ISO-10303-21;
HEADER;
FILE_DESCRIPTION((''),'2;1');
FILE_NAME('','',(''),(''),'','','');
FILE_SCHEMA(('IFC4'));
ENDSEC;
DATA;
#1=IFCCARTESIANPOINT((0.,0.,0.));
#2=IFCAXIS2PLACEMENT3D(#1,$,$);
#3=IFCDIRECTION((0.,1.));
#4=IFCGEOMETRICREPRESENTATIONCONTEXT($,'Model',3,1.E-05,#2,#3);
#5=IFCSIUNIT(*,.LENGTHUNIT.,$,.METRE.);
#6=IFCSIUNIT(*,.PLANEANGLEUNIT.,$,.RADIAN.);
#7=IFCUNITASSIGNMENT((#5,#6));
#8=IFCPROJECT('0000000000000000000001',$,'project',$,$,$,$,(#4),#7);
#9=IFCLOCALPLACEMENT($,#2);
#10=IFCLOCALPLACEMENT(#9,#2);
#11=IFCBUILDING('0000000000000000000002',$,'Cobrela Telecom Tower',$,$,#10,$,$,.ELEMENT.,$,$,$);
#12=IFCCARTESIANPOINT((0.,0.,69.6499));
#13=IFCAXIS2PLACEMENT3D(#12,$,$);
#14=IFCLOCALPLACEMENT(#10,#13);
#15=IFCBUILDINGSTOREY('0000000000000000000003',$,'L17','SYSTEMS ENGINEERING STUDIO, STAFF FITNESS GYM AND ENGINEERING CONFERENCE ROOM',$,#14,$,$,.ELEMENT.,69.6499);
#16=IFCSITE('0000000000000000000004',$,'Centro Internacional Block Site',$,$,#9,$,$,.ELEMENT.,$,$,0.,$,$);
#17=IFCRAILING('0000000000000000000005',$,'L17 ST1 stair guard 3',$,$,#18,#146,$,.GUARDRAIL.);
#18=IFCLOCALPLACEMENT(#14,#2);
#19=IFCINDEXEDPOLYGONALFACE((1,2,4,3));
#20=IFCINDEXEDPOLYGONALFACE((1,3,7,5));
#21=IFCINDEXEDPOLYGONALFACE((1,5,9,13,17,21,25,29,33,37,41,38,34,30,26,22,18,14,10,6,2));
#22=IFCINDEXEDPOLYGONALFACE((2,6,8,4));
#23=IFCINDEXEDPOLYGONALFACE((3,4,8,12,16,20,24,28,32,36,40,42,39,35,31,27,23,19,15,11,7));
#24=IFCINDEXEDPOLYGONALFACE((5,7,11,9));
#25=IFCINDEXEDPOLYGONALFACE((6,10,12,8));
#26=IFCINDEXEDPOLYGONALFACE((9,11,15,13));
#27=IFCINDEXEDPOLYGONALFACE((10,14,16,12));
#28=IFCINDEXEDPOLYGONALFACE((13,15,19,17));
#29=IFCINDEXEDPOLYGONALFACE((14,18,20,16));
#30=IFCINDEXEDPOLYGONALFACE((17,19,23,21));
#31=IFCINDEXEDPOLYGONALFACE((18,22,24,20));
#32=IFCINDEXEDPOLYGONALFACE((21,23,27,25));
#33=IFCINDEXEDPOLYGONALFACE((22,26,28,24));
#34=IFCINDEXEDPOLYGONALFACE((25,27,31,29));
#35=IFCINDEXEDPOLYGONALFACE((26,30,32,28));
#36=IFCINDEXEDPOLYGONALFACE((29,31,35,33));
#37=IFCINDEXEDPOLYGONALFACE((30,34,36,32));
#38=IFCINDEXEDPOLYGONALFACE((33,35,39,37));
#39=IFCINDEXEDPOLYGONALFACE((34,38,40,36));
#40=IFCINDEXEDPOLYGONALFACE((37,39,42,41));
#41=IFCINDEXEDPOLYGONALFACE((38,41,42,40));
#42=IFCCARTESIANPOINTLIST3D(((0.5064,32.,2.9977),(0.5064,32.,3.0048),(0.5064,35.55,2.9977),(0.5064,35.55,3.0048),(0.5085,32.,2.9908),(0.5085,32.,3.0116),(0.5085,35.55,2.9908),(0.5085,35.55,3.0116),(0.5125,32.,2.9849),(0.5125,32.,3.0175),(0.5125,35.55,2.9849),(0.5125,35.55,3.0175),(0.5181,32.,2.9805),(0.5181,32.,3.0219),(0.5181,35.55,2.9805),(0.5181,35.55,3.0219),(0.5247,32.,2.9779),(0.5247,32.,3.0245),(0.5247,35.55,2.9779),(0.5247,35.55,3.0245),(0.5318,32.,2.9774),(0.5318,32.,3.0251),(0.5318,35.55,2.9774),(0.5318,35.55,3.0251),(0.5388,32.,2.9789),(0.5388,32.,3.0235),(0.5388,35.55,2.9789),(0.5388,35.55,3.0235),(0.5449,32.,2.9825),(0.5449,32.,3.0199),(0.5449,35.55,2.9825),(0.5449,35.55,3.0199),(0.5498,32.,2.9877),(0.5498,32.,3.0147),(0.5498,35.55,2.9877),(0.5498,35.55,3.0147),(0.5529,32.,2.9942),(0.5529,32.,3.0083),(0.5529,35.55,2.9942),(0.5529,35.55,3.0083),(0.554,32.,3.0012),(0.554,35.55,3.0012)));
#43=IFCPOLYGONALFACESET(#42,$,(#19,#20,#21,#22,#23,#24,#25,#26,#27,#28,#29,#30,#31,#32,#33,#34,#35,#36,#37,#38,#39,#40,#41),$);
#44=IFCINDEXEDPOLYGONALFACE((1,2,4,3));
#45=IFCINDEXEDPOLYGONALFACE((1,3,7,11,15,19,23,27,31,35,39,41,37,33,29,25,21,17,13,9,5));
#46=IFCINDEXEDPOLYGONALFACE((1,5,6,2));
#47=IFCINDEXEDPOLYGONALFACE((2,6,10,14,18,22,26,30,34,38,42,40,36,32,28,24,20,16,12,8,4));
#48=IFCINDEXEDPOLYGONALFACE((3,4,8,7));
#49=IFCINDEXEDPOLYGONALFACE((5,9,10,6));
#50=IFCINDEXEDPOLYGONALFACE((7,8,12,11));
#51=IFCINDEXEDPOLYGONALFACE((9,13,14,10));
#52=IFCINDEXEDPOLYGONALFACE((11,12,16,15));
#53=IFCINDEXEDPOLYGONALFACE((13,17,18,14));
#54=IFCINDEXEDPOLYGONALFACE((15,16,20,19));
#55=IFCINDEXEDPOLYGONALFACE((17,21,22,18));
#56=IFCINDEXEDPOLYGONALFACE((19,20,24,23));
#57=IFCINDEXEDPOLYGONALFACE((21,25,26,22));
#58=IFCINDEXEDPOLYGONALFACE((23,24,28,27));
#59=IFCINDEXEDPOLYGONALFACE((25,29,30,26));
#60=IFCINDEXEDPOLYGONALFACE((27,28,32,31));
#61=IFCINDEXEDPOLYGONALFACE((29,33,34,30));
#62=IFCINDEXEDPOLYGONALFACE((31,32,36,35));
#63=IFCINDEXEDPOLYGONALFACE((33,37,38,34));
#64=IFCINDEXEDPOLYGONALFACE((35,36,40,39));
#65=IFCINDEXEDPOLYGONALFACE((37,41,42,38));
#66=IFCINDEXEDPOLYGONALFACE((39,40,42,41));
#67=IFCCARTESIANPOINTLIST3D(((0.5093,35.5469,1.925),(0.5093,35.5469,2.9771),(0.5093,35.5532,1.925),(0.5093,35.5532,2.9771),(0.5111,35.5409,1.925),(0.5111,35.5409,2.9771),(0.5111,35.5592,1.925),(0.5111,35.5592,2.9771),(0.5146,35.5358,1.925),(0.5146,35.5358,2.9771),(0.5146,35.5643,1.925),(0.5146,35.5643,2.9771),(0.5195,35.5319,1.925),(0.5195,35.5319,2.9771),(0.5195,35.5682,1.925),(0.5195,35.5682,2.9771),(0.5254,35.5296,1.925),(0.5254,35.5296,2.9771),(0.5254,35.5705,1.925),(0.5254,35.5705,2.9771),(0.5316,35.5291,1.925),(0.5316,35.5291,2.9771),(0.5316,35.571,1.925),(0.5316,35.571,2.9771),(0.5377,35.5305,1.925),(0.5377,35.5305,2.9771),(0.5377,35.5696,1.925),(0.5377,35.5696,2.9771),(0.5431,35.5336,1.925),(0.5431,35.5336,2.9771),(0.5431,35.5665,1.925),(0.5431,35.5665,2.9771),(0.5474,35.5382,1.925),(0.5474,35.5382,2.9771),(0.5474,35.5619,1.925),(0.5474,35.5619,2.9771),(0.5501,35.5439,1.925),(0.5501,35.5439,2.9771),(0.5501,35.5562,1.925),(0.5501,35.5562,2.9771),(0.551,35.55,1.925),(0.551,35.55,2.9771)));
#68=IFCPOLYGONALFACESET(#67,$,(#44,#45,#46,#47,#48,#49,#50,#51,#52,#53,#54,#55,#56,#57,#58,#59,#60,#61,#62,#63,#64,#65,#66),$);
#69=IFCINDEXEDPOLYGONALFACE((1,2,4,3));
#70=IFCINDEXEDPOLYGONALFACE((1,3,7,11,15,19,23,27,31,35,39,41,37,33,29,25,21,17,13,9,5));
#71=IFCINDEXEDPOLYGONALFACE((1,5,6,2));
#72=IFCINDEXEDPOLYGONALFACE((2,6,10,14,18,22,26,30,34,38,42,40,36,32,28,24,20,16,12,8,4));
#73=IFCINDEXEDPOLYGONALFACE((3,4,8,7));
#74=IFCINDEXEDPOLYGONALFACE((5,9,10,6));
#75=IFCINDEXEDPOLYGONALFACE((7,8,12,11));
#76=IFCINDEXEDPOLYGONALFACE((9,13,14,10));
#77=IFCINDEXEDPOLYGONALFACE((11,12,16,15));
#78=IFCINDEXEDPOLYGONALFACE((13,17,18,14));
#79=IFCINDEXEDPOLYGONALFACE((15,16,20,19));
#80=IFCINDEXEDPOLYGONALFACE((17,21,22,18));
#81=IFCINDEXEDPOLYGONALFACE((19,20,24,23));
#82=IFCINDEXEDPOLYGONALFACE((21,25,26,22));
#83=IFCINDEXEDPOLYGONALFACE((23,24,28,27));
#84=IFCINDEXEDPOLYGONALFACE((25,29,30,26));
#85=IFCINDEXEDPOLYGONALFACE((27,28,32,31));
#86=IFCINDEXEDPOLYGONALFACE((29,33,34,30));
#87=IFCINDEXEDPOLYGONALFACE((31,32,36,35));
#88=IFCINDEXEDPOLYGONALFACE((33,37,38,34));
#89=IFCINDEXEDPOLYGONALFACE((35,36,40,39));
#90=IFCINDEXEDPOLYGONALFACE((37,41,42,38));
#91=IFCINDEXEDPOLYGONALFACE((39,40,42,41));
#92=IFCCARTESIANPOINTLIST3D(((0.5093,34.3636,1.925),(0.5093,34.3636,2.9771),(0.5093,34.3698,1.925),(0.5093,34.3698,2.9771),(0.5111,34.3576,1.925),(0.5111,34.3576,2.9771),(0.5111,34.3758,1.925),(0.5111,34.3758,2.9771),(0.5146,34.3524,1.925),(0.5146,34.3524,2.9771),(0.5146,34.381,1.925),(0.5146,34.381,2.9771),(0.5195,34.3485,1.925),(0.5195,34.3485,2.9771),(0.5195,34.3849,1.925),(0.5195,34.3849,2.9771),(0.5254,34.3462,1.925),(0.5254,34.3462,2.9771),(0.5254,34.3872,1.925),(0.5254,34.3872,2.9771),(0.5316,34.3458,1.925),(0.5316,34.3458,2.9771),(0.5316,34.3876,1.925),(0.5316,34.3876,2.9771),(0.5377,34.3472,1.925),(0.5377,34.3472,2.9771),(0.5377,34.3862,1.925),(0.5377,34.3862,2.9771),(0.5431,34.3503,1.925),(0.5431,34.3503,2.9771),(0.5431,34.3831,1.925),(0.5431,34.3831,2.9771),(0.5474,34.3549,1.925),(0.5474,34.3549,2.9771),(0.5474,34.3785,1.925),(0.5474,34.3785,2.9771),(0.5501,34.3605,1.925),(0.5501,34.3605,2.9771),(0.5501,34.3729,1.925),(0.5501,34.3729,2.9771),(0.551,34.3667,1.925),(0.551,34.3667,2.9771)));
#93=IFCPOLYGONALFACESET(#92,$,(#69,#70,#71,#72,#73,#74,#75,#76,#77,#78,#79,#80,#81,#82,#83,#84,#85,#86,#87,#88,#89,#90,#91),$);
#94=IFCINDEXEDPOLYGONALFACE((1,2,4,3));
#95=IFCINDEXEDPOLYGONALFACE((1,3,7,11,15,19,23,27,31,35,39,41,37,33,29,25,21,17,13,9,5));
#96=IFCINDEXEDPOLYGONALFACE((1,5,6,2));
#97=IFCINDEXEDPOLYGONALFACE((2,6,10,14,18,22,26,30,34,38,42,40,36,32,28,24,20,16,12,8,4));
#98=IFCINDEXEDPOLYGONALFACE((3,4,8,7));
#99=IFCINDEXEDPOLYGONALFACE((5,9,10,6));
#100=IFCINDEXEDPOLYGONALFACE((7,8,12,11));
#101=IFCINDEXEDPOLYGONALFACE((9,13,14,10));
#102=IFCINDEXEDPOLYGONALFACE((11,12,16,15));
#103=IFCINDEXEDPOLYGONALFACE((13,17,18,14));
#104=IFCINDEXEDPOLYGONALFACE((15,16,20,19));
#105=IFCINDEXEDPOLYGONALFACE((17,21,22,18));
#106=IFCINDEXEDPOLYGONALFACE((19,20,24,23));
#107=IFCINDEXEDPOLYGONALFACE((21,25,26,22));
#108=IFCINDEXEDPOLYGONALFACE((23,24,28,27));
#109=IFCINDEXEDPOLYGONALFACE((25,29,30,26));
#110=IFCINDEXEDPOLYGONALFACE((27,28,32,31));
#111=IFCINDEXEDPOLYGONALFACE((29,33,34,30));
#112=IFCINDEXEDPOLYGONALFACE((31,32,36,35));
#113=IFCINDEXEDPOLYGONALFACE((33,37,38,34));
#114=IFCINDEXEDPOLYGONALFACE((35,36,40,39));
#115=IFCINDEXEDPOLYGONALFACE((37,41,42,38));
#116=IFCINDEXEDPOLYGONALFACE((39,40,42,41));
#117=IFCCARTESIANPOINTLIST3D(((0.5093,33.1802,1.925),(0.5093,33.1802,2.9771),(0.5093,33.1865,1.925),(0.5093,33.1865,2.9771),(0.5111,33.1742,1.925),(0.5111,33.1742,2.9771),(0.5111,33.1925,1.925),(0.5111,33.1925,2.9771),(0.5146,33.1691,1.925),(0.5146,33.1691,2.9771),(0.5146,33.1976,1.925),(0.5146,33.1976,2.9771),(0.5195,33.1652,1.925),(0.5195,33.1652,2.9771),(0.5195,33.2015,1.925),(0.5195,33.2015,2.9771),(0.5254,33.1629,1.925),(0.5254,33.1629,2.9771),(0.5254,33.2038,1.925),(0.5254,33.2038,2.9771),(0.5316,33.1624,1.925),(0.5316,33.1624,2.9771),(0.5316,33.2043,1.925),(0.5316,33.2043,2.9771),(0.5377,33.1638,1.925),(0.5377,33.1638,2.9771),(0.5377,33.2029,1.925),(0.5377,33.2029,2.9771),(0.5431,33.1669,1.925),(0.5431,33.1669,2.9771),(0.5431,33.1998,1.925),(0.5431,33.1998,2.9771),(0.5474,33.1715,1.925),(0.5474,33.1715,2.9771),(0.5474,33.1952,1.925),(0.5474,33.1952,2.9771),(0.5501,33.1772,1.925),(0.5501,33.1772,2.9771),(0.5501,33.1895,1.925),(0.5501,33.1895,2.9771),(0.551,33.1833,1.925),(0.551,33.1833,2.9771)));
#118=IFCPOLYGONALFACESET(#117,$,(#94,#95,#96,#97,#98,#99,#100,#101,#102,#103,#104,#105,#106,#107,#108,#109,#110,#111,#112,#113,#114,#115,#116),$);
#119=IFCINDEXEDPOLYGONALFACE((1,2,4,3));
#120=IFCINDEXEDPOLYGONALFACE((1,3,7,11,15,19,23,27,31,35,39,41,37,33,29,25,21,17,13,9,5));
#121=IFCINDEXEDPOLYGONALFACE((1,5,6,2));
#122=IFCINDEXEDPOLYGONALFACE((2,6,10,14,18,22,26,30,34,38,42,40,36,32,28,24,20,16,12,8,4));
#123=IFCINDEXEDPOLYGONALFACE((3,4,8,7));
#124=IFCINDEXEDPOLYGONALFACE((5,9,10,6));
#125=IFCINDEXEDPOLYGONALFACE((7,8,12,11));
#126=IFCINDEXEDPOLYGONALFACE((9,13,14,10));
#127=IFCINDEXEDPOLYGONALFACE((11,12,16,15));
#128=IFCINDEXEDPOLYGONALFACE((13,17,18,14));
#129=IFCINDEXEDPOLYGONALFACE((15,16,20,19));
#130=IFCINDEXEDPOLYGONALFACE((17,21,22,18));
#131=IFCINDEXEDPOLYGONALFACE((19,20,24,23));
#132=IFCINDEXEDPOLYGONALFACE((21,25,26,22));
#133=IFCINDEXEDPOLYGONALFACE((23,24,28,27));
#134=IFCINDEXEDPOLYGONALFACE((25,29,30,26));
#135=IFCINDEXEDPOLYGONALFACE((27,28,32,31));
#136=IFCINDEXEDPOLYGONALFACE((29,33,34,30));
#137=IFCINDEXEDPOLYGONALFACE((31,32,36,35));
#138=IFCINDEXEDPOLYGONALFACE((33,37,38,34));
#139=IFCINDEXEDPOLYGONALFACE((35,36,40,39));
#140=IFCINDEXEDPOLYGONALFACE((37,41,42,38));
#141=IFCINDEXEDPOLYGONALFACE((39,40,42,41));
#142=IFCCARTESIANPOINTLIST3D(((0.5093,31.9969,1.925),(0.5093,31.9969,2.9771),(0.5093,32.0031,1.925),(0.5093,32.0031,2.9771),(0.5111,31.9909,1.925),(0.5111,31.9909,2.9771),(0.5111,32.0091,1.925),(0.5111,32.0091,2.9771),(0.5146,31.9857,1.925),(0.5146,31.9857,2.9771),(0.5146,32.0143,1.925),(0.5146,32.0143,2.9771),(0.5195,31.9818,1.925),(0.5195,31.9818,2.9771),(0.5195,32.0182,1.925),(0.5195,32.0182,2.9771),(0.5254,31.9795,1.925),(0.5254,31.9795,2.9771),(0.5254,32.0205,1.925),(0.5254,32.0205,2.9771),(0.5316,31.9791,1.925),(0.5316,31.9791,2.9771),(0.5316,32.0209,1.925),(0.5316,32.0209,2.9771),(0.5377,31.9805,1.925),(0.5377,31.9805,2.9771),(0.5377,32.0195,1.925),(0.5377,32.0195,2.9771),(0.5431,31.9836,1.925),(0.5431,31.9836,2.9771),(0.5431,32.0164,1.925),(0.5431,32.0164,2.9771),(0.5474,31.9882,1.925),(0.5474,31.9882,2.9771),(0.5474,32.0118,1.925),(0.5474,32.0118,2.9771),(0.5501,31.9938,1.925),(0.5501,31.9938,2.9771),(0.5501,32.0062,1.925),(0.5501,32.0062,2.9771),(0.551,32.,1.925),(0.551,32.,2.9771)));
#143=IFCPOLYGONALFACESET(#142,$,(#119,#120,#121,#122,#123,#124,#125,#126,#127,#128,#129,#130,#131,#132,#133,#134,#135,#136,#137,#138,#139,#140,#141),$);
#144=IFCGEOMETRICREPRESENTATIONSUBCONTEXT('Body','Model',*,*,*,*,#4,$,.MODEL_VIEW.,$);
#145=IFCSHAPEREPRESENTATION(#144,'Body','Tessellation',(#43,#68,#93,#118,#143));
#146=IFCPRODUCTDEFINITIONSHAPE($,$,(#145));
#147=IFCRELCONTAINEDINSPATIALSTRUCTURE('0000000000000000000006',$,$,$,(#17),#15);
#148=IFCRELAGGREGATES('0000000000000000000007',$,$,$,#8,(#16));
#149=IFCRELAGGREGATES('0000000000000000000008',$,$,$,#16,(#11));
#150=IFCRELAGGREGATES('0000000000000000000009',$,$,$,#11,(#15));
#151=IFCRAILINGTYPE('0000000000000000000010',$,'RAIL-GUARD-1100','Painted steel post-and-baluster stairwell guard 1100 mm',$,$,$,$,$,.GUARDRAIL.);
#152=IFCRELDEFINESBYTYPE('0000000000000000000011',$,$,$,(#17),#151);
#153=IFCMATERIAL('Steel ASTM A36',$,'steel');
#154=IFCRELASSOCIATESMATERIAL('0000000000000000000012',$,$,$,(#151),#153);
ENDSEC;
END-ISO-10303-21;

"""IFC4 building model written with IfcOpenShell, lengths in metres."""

from ifc_helpers import new_model, si_unit, direction, frame, origin, origin_2d, place, context, subcontext, project, spatial, circle, extrude, material, type_object, element, save


model = new_model("IFC4")

# Units and contexts
model_context = context("Model", 3, precision=1e-05, world=origin(), true_north=direction((0.0, 1.0)))
body_context = subcontext(model_context, "Body", "Model", "MODEL_VIEW")
ifc_project = project(units=[si_unit("LENGTHUNIT", "METRE"), si_unit("PLANEANGLEUNIT", "RADIAN")], contexts=[model_context])

# Site, building, storey
site_placement = place(None, origin())
site = spatial("IfcSite", under=ifc_project, at=site_placement, Name="Centro Internacional Block Site", CompositionType="ELEMENT", RefElevation=0.0)
building_placement = place(site_placement, origin())
building = spatial("IfcBuilding", under=site, at=building_placement, Name="Cobrela Telecom Tower", CompositionType="ELEMENT")
storey_placement = place(building_placement, frame((0.0, 0.0, 69.6499)))
storey = spatial("IfcBuildingStorey", under=building, at=storey_placement, Name="L17", Description="SYSTEMS ENGINEERING STUDIO, STAFF FITNESS GYM AND ENGINEERING CONFERENCE ROOM", CompositionType="ELEMENT", Elevation=69.6499)

# Shared definitions
ifc_material_1 = material(Name="Steel ASTM A36", Category="steel")

# Railing
railing_type_1 = type_object("IfcRailingType", Name="RAIL-GUARD-1100", Description="Painted steel post-and-baluster stairwell guard 1100 mm", PredefinedType="GUARDRAIL", material=ifc_material_1)
railing_1_placement = place(storey_placement, frame((0.53, 35.55, 1.925)))
element("IfcRailing", 1, at=railing_1_placement, inside=storey, type_object=railing_type_1, Name="L17 ST1 stair guard 3", PredefinedType="GUARDRAIL", context=body_context, shape_type="SweptSolid", body=[
    extrude(circle(Radius=0.0239, at=origin_2d()), frame((0.0, 0.0, 1.0762), z_axis=(0.0, -1.0, 0.0), x_axis=(1.0, 0.0, 0.0)), (0.0, 0.0, 1.0), 3.55),
    extrude(circle(Radius=0.021, at=origin_2d()), origin(), (0.0, 0.0, 1.0), 1.052),
    extrude(circle(Radius=0.021, at=origin_2d()), frame((0.0, -1.1833, 0.0)), (0.0, 0.0, 1.0), 1.052),
    extrude(circle(Radius=0.021, at=origin_2d()), frame((0.0, -2.3667, 0.0)), (0.0, 0.0, 1.0), 1.052),
    extrude(circle(Radius=0.021, at=origin_2d()), frame((0.0, -3.55, 0.0)), (0.0, 0.0, 1.0), 1.052),
])

save(model, "model.ifc")
